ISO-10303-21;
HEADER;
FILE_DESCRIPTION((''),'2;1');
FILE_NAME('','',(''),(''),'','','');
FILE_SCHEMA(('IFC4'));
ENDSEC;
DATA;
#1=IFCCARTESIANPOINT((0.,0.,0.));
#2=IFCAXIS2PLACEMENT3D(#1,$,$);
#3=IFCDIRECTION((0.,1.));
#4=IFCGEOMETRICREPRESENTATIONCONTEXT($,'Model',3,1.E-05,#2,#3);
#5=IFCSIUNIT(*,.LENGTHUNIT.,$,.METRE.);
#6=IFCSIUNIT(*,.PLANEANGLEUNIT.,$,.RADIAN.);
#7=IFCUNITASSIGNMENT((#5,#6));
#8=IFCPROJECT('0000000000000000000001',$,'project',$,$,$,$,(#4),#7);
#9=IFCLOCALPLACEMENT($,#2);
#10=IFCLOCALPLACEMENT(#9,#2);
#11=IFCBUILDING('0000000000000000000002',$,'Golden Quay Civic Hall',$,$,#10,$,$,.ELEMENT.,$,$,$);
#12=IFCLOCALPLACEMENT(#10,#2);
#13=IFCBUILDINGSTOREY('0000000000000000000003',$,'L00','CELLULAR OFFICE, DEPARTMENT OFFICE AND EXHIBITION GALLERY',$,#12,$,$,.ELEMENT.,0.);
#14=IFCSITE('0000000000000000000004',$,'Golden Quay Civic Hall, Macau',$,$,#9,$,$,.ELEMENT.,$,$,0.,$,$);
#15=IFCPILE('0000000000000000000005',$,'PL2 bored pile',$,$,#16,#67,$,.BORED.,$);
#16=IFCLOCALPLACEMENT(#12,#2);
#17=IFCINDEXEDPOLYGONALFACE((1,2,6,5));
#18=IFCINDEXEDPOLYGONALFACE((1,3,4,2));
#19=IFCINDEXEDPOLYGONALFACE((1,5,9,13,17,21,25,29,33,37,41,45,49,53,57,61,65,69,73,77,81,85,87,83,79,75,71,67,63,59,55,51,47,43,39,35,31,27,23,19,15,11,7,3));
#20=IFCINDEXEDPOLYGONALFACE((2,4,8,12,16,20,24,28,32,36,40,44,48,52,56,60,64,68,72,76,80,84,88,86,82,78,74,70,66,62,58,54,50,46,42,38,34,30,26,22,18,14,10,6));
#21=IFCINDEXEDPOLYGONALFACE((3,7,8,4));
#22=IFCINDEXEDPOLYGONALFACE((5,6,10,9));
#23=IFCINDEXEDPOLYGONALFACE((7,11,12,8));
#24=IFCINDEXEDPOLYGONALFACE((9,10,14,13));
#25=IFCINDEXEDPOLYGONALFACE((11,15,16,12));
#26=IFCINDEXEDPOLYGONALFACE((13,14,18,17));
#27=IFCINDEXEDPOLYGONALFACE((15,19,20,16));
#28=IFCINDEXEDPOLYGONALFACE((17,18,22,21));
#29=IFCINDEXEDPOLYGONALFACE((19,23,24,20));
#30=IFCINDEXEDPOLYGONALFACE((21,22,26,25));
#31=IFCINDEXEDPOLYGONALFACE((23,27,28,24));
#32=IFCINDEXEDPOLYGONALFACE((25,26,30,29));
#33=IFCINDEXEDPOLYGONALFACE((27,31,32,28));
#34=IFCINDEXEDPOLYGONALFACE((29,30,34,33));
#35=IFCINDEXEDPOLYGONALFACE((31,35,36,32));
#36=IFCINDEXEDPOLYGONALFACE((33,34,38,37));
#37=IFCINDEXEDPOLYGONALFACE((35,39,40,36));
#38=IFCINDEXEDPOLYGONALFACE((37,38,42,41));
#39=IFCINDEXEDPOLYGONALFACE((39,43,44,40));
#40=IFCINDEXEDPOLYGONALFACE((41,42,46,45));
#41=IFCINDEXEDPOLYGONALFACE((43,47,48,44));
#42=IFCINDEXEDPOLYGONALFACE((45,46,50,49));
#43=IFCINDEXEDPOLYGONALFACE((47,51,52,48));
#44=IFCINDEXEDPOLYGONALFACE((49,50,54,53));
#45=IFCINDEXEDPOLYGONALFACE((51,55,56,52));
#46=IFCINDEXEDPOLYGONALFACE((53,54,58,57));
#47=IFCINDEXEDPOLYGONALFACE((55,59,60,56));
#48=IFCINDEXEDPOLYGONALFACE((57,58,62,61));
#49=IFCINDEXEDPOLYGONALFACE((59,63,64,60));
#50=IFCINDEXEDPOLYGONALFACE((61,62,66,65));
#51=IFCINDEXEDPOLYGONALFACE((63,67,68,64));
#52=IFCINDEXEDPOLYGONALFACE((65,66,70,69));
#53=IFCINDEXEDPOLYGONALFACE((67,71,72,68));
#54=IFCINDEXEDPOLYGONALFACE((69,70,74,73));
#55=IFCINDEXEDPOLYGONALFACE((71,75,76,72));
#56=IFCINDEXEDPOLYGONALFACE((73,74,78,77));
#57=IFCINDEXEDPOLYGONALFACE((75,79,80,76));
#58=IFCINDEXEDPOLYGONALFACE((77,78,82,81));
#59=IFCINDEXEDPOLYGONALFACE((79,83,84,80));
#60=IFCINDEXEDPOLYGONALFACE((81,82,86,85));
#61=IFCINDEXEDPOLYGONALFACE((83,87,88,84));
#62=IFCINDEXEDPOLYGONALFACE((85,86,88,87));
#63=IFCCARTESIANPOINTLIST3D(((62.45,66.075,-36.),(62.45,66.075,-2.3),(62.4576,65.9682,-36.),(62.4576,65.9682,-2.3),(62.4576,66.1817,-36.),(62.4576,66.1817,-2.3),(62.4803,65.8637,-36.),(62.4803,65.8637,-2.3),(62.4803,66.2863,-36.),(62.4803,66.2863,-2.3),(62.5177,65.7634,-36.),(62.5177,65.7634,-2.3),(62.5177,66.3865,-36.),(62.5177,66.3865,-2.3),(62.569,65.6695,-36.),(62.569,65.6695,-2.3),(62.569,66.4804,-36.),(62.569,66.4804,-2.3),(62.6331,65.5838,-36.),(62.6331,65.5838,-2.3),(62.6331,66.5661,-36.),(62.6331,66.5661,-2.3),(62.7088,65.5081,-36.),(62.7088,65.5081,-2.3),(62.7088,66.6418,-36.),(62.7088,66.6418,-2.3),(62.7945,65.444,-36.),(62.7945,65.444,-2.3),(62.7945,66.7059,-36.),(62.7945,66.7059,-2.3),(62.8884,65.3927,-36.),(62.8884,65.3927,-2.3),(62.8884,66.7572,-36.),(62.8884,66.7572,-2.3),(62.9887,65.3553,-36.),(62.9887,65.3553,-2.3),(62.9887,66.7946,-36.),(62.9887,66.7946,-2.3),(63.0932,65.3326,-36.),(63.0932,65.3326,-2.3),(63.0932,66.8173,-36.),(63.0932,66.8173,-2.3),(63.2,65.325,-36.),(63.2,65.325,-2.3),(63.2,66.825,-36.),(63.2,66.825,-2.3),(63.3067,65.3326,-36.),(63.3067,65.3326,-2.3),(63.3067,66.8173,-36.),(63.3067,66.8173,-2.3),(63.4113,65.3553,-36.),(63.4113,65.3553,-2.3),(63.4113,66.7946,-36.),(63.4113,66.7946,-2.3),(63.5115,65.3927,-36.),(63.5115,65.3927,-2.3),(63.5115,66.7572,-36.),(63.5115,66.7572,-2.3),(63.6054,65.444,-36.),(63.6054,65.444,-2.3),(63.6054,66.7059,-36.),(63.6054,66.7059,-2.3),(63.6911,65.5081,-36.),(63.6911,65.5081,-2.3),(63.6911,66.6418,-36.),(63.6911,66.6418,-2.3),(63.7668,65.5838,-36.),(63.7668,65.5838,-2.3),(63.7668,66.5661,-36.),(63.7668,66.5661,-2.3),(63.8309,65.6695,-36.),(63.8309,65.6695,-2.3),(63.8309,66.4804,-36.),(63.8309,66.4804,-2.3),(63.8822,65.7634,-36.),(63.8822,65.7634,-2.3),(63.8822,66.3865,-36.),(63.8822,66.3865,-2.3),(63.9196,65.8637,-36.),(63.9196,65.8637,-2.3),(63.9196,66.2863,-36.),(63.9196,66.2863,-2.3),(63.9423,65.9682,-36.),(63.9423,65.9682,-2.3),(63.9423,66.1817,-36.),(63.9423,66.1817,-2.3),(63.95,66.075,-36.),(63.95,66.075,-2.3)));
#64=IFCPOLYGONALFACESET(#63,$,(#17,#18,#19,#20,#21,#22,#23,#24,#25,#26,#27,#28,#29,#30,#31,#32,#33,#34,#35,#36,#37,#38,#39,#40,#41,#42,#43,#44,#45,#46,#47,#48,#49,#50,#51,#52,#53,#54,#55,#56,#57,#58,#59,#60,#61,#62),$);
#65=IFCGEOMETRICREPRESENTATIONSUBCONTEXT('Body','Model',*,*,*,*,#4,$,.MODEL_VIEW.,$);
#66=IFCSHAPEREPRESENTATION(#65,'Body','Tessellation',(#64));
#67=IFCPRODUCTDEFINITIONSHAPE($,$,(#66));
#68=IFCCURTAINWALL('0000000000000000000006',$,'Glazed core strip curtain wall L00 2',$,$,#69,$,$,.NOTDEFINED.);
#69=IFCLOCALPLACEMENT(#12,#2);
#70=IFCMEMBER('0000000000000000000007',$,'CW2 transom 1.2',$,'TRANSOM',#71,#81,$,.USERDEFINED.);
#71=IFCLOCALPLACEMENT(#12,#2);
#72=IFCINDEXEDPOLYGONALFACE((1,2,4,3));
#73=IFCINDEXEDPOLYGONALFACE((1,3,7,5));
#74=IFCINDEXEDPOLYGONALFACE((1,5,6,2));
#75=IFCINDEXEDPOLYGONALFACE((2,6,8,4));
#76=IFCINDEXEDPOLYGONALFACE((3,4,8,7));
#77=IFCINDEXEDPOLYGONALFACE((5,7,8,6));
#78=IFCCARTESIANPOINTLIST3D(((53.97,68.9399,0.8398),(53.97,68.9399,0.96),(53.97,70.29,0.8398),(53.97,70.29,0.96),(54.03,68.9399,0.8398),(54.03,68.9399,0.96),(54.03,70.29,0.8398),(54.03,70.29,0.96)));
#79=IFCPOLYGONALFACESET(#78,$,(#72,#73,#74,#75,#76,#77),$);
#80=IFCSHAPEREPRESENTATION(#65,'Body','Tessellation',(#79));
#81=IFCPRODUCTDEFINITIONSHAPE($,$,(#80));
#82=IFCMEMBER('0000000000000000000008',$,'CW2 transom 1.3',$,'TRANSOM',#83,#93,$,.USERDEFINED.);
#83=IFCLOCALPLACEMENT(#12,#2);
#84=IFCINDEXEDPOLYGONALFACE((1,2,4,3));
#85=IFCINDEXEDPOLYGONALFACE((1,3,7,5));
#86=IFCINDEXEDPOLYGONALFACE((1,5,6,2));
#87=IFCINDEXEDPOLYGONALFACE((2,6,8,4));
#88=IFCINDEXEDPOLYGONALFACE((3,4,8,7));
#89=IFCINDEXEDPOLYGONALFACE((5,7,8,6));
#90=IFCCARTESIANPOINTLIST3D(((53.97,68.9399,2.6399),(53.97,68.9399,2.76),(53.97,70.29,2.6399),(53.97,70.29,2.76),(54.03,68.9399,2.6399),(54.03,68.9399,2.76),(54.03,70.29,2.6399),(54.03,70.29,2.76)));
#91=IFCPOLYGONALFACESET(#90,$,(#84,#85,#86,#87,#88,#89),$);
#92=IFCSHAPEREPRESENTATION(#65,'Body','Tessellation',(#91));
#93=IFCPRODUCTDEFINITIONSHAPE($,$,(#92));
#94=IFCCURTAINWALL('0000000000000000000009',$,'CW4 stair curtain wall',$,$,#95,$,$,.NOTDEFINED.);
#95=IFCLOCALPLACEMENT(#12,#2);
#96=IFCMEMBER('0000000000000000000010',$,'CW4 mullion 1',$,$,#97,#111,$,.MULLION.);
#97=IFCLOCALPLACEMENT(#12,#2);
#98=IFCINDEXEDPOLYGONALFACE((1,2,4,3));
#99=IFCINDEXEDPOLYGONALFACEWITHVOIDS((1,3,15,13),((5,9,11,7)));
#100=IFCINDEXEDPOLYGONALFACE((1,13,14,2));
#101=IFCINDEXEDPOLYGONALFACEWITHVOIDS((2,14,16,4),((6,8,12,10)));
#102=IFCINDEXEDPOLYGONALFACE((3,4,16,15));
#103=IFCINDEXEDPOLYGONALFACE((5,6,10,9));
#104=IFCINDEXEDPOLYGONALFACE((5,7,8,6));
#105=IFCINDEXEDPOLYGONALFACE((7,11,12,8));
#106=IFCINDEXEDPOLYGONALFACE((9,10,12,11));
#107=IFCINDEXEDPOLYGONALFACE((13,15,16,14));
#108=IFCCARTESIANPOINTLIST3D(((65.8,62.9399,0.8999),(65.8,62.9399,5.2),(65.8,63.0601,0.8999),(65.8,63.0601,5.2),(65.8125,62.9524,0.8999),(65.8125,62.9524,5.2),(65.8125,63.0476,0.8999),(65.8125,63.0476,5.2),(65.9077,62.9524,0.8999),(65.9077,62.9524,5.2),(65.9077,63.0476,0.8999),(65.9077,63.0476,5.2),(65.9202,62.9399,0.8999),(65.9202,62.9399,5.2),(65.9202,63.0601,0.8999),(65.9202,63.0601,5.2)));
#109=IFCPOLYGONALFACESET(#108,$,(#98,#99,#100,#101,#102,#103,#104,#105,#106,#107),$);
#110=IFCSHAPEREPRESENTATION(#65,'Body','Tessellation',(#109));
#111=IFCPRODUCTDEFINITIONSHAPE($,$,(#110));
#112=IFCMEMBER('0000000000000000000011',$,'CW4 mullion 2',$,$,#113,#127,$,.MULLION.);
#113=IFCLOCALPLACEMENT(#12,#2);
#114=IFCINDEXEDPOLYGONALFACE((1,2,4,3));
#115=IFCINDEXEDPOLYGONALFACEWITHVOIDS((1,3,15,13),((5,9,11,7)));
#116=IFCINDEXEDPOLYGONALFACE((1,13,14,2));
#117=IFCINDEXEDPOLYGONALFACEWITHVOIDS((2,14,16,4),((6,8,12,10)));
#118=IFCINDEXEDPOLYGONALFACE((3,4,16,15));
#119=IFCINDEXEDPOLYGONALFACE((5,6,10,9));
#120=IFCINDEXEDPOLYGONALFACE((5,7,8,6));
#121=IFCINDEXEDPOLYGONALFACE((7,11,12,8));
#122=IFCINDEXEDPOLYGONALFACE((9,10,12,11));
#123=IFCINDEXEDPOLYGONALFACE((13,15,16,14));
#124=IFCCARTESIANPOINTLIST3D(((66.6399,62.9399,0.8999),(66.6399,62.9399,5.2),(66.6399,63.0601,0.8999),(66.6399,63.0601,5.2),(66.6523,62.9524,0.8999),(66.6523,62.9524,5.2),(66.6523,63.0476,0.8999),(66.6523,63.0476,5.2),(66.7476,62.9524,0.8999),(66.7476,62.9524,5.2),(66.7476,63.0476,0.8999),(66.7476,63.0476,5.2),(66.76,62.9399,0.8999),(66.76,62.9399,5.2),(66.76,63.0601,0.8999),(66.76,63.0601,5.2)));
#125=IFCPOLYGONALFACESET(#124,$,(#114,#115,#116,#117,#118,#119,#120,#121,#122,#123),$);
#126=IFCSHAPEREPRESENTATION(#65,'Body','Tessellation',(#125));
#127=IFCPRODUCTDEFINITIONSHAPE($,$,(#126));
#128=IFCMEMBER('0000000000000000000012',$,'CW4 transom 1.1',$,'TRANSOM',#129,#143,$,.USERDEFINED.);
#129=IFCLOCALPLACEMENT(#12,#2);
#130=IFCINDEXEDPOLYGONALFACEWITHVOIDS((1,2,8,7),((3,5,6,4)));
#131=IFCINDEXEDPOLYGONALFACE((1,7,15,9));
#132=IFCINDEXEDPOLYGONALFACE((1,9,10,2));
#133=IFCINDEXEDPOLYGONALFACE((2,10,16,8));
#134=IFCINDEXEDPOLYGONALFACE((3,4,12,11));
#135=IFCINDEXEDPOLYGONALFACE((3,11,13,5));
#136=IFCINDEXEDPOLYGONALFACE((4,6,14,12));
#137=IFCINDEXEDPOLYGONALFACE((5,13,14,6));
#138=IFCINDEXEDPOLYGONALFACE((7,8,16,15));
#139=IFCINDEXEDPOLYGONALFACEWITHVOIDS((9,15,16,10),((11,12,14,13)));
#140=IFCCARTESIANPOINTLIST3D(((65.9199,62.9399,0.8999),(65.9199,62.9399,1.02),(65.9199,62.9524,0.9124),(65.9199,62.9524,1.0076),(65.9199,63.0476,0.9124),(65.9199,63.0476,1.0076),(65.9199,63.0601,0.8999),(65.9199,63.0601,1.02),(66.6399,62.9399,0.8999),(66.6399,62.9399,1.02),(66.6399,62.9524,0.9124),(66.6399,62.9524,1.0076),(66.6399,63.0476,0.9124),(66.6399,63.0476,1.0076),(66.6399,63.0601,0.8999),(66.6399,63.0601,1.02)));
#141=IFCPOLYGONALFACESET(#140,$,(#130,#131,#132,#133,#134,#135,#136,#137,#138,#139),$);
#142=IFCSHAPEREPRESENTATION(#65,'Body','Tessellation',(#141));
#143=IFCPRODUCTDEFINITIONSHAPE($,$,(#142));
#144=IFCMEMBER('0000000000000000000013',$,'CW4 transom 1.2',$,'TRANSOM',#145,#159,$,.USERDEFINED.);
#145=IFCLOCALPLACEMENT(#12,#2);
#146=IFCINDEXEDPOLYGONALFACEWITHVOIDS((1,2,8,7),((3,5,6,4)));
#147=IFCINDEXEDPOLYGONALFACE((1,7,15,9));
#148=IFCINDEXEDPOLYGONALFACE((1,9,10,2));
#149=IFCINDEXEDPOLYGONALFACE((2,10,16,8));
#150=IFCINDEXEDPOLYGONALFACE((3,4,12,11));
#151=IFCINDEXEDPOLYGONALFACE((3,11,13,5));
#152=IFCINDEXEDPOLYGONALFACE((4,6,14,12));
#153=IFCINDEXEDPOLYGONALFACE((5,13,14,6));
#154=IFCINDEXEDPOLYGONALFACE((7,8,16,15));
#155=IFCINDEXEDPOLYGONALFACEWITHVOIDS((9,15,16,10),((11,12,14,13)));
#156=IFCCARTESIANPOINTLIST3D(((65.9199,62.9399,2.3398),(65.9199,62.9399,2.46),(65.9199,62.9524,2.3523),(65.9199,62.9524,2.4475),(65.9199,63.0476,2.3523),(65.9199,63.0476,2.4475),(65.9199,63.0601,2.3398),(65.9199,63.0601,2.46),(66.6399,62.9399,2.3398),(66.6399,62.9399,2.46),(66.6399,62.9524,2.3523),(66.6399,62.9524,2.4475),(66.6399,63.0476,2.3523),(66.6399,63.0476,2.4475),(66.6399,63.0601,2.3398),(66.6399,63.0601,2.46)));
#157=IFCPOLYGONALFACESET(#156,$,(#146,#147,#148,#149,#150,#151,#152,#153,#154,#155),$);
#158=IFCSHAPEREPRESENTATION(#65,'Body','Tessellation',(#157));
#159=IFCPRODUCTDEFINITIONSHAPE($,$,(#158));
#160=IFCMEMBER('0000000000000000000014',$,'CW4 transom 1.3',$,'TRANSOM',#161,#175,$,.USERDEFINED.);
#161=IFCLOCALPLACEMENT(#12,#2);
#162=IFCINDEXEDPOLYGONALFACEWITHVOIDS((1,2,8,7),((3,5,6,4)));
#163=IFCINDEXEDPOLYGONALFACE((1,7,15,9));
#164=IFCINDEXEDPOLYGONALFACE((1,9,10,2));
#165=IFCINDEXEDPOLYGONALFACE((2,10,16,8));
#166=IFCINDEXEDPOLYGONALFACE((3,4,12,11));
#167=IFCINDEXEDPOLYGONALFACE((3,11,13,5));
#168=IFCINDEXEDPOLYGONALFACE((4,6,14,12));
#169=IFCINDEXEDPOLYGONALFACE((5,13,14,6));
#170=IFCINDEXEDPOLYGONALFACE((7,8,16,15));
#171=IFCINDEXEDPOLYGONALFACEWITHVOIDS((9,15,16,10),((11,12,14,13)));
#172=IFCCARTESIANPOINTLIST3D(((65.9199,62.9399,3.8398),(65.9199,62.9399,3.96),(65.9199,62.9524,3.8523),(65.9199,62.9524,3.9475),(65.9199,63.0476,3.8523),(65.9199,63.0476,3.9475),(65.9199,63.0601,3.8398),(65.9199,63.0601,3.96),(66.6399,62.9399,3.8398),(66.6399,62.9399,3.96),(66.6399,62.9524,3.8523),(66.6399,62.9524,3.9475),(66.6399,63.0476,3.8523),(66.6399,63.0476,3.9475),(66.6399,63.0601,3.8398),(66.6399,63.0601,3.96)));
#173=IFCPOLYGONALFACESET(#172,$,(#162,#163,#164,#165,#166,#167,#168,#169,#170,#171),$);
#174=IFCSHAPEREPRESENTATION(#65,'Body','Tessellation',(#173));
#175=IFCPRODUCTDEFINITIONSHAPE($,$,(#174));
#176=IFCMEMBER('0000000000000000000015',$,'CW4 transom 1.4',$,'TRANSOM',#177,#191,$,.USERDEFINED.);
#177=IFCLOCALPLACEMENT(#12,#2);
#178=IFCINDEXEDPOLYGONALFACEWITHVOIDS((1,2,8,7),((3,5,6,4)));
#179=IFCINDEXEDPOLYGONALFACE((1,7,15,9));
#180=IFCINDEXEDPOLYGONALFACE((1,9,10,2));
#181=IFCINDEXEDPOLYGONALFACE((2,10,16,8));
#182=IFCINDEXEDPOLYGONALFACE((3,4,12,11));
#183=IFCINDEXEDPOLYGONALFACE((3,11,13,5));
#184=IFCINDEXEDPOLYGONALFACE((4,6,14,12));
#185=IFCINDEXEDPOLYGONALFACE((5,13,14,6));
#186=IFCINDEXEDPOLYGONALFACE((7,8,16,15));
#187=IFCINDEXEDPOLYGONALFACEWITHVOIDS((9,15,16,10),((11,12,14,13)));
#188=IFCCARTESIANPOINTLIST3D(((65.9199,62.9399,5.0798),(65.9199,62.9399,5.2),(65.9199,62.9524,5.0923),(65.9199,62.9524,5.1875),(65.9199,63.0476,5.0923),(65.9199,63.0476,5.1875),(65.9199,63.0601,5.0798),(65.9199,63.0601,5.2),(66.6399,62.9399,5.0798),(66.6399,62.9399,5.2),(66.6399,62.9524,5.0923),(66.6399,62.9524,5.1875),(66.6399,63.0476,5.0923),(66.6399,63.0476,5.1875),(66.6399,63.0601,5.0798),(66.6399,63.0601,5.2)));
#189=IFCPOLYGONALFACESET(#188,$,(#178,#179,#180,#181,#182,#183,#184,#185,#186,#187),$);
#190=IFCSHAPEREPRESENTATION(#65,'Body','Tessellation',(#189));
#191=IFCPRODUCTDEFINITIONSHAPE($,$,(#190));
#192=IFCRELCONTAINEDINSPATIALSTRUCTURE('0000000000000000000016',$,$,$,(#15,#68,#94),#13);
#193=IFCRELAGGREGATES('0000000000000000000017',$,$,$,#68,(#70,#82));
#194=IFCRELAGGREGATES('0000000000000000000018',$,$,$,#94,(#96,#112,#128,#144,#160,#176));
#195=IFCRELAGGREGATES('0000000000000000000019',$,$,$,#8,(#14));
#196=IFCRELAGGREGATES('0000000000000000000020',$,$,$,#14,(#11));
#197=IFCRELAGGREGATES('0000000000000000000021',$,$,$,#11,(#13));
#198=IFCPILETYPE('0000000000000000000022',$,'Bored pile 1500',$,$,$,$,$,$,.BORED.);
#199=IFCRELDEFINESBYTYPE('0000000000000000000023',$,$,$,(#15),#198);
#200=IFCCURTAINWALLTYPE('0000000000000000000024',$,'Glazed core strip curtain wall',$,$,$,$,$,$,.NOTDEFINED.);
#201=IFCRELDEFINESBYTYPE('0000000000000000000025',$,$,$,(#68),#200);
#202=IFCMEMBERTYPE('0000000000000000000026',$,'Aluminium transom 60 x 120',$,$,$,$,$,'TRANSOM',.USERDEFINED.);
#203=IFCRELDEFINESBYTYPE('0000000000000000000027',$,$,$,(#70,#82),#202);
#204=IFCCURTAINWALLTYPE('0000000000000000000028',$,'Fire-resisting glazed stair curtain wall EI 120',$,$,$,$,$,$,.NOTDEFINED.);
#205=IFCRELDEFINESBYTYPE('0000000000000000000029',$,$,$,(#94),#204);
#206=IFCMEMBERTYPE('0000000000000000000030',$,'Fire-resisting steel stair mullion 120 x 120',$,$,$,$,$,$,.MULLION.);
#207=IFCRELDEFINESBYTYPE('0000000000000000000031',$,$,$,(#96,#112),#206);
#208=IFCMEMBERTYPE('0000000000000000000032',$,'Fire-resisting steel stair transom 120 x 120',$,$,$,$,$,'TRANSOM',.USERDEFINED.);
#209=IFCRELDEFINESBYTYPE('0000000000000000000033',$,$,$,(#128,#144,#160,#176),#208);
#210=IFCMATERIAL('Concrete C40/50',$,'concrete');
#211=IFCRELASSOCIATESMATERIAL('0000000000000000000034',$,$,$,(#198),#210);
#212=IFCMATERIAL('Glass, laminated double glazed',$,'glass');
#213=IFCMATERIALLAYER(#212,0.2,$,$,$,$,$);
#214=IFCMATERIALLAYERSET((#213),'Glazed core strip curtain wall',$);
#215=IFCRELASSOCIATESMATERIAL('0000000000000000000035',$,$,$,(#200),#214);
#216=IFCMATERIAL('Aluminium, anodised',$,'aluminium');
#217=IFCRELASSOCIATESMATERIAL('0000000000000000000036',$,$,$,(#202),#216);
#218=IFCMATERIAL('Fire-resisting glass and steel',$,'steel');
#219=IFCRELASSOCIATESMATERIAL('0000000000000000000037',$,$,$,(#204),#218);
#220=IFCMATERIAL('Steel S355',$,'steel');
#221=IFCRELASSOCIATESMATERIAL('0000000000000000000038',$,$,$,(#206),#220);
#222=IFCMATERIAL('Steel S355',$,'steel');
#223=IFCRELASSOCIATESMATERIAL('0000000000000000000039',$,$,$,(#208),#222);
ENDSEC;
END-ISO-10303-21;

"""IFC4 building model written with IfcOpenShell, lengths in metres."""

from ifc_helpers import new_model, si_unit, direction, frame, origin, origin_2d, place, context, subcontext, project, spatial, rectangle, hollow_rectangle, circle, extrude, material, layer, layer_set, material_profile, profile_set, type_object, element, aggregate, save


model = new_model("IFC4")

# Units and contexts
model_context = context("Model", 3, precision=1e-05, world=origin(), true_north=direction((0.0, 1.0)))
body_context = subcontext(model_context, "Body", "Model", "MODEL_VIEW")
ifc_project = project(units=[si_unit("LENGTHUNIT", "METRE"), si_unit("PLANEANGLEUNIT", "RADIAN")], contexts=[model_context])

# Site, building, storey
site_placement = place(None, origin())
site = spatial("IfcSite", under=ifc_project, at=site_placement, Name="Golden Quay Civic Hall, Macau", CompositionType="ELEMENT", RefElevation=0.0)
building_placement = place(site_placement, origin())
building = spatial("IfcBuilding", under=site, at=building_placement, Name="Golden Quay Civic Hall", CompositionType="ELEMENT")
storey_placement = place(building_placement, origin())
storey = spatial("IfcBuildingStorey", under=building, at=storey_placement, Name="L00", Description="CELLULAR OFFICE, DEPARTMENT OFFICE AND EXHIBITION GALLERY", CompositionType="ELEMENT", Elevation=0.0)

# Pile
ifc_material_1 = material(Name="Concrete C40/50", Category="concrete")
ifc_material_profile_1 = material_profile(ifc_material_1, circle(Radius=0.75, at=origin_2d()), Name="RC D1500")
ifc_profile_set_1 = profile_set([ifc_material_profile_1], Name="Concrete C40/50")
pile_type = type_object("IfcPileType", Name="Bored pile 1500", PredefinedType="BORED", material=ifc_profile_set_1)
pile_placement = place(storey_placement, frame((63.2, 66.075, -2.3), z_axis=(0.0, 0.0, -1.0), x_axis=(1.0, 0.0, 0.0)))
element("IfcPile", 1, at=pile_placement, inside=storey, type_object=pile_type, Name="PL2 bored pile", PredefinedType="BORED", context=body_context, shape_type="SweptSolid", body=[
    extrude(circle(Radius=0.75, at=origin_2d()), origin(), (0.0, 0.0, 1.0), 33.7),
])

# Curtain walls, members
ifc_material_2 = material(Name="Glass, laminated double glazed", Category="glass")
ifc_layer_1 = layer(ifc_material_2, 0.2)
ifc_layer_set_1 = layer_set([ifc_layer_1], Name="Glazed core strip curtain wall")
curtain_wall_type_1 = type_object("IfcCurtainWallType", Name="Glazed core strip curtain wall", PredefinedType="NOTDEFINED", material=ifc_layer_set_1)
curtain_wall_1_placement = place(storey_placement, origin())
curtain_wall_1 = element("IfcCurtainWall", 2, at=curtain_wall_1_placement, inside=storey, type_object=curtain_wall_type_1, Name="Glazed core strip curtain wall L00 2", PredefinedType="NOTDEFINED")
ifc_material_3 = material(Name="Aluminium, anodised", Category="aluminium")
ifc_material_profile_2 = material_profile(ifc_material_3, rectangle(XDim=0.0601, YDim=0.1201, at=origin_2d()), Name="Aluminium 60 x 120")
ifc_profile_set_2 = profile_set([ifc_material_profile_2], Name="Aluminium, anodised")
member_type_1 = type_object("IfcMemberType", Name="Aluminium transom 60 x 120", ElementType="TRANSOM", PredefinedType="USERDEFINED", material=ifc_profile_set_2)
member_1_placement = place(storey_placement, frame((54.0, 70.29, 0.8999), z_axis=(0.0, -1.0, 0.0), x_axis=(1.0, 0.0, 0.0)))
member_1 = element("IfcMember", 3, at=member_1_placement, type_object=member_type_1, Name="CW2 transom 1.2", ObjectType="TRANSOM", PredefinedType="USERDEFINED", context=body_context, shape_type="SweptSolid", body=[
    extrude(rectangle(XDim=0.0601, YDim=0.1201, at=origin_2d()), origin(), (0.0, 0.0, 1.0), 1.3501),
])
member_2_placement = place(storey_placement, frame((54.0, 70.29, 2.7), z_axis=(0.0, -1.0, 0.0), x_axis=(1.0, 0.0, 0.0)))
member_2 = element("IfcMember", 4, at=member_2_placement, type_object=member_type_1, Name="CW2 transom 1.3", ObjectType="TRANSOM", PredefinedType="USERDEFINED", context=body_context, shape_type="SweptSolid", body=[
    extrude(rectangle(XDim=0.0601, YDim=0.1201, at=origin_2d()), origin(), (0.0, 0.0, 1.0), 1.3501),
])
aggregate(curtain_wall_1, [member_1, member_2])
ifc_material_4 = material(Name="Fire-resisting glass and steel", Category="steel")
curtain_wall_type_2 = type_object("IfcCurtainWallType", Name="Fire-resisting glazed stair curtain wall EI 120", PredefinedType="NOTDEFINED", material=ifc_material_4)
curtain_wall_2_placement = place(storey_placement, origin())
curtain_wall_2 = element("IfcCurtainWall", 5, at=curtain_wall_2_placement, inside=storey, type_object=curtain_wall_type_2, Name="CW4 stair curtain wall", PredefinedType="NOTDEFINED")
ifc_material_5 = material(Name="Steel S355", Category="steel")
ifc_material_profile_3 = material_profile(ifc_material_5, hollow_rectangle(XDim=0.1201, YDim=0.1201, WallThickness=0.0125, at=origin_2d()), Name="SHS 120x120x12.5")
ifc_profile_set_3 = profile_set([ifc_material_profile_3], Name="Steel S355")
member_type_2 = type_object("IfcMemberType", Name="Fire-resisting steel stair mullion 120 x 120", PredefinedType="MULLION", material=ifc_profile_set_3)
member_3_placement = place(storey_placement, frame((65.8601, 63.0, 0.8999), z_axis=(0.0, 0.0, 1.0), x_axis=(0.0, 1.0, 0.0)))
member_3 = element("IfcMember", 6, at=member_3_placement, type_object=member_type_2, Name="CW4 mullion 1", PredefinedType="MULLION", context=body_context, shape_type="SweptSolid", body=[
    extrude(hollow_rectangle(XDim=0.1201, YDim=0.1201, WallThickness=0.0125, at=origin_2d()), origin(), (0.0, 0.0, 1.0), 4.3),
])
member_4_placement = place(storey_placement, frame((66.7, 63.0, 0.8999), z_axis=(0.0, 0.0, 1.0), x_axis=(0.0, 1.0, 0.0)))
member_4 = element("IfcMember", 7, at=member_4_placement, type_object=member_type_2, Name="CW4 mullion 2", PredefinedType="MULLION", context=body_context, shape_type="SweptSolid", body=[
    extrude(hollow_rectangle(XDim=0.1201, YDim=0.1201, WallThickness=0.0125, at=origin_2d()), origin(), (0.0, 0.0, 1.0), 4.3),
])
ifc_material_6 = material(Name="Steel S355", Category="steel")
ifc_material_profile_4 = material_profile(ifc_material_6, hollow_rectangle(XDim=0.1201, YDim=0.1201, WallThickness=0.0125, at=origin_2d()), Name="SHS 120x120x12.5")
ifc_profile_set_4 = profile_set([ifc_material_profile_4], Name="Steel S355")
member_type_3 = type_object("IfcMemberType", Name="Fire-resisting steel stair transom 120 x 120", ElementType="TRANSOM", PredefinedType="USERDEFINED", material=ifc_profile_set_4)
member_5_placement = place(storey_placement, frame((65.9199, 63.0, 0.96), z_axis=(1.0, 0.0, 0.0), x_axis=(0.0, 1.0, 0.0)))
member_5 = element("IfcMember", 8, at=member_5_placement, type_object=member_type_3, Name="CW4 transom 1.1", ObjectType="TRANSOM", PredefinedType="USERDEFINED", context=body_context, shape_type="SweptSolid", body=[
    extrude(hollow_rectangle(XDim=0.1201, YDim=0.1201, WallThickness=0.0125, at=origin_2d()), origin(), (0.0, 0.0, 1.0), 0.72),
])
member_6_placement = place(storey_placement, frame((65.9199, 63.0, 2.3999), z_axis=(1.0, 0.0, 0.0), x_axis=(0.0, 1.0, 0.0)))
member_6 = element("IfcMember", 9, at=member_6_placement, type_object=member_type_3, Name="CW4 transom 1.2", ObjectType="TRANSOM", PredefinedType="USERDEFINED", context=body_context, shape_type="SweptSolid", body=[
    extrude(hollow_rectangle(XDim=0.1201, YDim=0.1201, WallThickness=0.0125, at=origin_2d()), origin(), (0.0, 0.0, 1.0), 0.72),
])
member_7_placement = place(storey_placement, frame((65.9199, 63.0, 3.8999), z_axis=(1.0, 0.0, 0.0), x_axis=(0.0, 1.0, 0.0)))
member_7 = element("IfcMember", 10, at=member_7_placement, type_object=member_type_3, Name="CW4 transom 1.3", ObjectType="TRANSOM", PredefinedType="USERDEFINED", context=body_context, shape_type="SweptSolid", body=[
    extrude(hollow_rectangle(XDim=0.1201, YDim=0.1201, WallThickness=0.0125, at=origin_2d()), origin(), (0.0, 0.0, 1.0), 0.72),
])
member_8_placement = place(storey_placement, frame((65.9199, 63.0, 5.1399), z_axis=(1.0, 0.0, 0.0), x_axis=(0.0, 1.0, 0.0)))
member_8 = element("IfcMember", 11, at=member_8_placement, type_object=member_type_3, Name="CW4 transom 1.4", ObjectType="TRANSOM", PredefinedType="USERDEFINED", context=body_context, shape_type="SweptSolid", body=[
    extrude(hollow_rectangle(XDim=0.1201, YDim=0.1201, WallThickness=0.0125, at=origin_2d()), origin(), (0.0, 0.0, 1.0), 0.72),
])

aggregate(curtain_wall_2, [member_3, member_4, member_5, member_6, member_7, member_8])

save(model, "model.ifc")
